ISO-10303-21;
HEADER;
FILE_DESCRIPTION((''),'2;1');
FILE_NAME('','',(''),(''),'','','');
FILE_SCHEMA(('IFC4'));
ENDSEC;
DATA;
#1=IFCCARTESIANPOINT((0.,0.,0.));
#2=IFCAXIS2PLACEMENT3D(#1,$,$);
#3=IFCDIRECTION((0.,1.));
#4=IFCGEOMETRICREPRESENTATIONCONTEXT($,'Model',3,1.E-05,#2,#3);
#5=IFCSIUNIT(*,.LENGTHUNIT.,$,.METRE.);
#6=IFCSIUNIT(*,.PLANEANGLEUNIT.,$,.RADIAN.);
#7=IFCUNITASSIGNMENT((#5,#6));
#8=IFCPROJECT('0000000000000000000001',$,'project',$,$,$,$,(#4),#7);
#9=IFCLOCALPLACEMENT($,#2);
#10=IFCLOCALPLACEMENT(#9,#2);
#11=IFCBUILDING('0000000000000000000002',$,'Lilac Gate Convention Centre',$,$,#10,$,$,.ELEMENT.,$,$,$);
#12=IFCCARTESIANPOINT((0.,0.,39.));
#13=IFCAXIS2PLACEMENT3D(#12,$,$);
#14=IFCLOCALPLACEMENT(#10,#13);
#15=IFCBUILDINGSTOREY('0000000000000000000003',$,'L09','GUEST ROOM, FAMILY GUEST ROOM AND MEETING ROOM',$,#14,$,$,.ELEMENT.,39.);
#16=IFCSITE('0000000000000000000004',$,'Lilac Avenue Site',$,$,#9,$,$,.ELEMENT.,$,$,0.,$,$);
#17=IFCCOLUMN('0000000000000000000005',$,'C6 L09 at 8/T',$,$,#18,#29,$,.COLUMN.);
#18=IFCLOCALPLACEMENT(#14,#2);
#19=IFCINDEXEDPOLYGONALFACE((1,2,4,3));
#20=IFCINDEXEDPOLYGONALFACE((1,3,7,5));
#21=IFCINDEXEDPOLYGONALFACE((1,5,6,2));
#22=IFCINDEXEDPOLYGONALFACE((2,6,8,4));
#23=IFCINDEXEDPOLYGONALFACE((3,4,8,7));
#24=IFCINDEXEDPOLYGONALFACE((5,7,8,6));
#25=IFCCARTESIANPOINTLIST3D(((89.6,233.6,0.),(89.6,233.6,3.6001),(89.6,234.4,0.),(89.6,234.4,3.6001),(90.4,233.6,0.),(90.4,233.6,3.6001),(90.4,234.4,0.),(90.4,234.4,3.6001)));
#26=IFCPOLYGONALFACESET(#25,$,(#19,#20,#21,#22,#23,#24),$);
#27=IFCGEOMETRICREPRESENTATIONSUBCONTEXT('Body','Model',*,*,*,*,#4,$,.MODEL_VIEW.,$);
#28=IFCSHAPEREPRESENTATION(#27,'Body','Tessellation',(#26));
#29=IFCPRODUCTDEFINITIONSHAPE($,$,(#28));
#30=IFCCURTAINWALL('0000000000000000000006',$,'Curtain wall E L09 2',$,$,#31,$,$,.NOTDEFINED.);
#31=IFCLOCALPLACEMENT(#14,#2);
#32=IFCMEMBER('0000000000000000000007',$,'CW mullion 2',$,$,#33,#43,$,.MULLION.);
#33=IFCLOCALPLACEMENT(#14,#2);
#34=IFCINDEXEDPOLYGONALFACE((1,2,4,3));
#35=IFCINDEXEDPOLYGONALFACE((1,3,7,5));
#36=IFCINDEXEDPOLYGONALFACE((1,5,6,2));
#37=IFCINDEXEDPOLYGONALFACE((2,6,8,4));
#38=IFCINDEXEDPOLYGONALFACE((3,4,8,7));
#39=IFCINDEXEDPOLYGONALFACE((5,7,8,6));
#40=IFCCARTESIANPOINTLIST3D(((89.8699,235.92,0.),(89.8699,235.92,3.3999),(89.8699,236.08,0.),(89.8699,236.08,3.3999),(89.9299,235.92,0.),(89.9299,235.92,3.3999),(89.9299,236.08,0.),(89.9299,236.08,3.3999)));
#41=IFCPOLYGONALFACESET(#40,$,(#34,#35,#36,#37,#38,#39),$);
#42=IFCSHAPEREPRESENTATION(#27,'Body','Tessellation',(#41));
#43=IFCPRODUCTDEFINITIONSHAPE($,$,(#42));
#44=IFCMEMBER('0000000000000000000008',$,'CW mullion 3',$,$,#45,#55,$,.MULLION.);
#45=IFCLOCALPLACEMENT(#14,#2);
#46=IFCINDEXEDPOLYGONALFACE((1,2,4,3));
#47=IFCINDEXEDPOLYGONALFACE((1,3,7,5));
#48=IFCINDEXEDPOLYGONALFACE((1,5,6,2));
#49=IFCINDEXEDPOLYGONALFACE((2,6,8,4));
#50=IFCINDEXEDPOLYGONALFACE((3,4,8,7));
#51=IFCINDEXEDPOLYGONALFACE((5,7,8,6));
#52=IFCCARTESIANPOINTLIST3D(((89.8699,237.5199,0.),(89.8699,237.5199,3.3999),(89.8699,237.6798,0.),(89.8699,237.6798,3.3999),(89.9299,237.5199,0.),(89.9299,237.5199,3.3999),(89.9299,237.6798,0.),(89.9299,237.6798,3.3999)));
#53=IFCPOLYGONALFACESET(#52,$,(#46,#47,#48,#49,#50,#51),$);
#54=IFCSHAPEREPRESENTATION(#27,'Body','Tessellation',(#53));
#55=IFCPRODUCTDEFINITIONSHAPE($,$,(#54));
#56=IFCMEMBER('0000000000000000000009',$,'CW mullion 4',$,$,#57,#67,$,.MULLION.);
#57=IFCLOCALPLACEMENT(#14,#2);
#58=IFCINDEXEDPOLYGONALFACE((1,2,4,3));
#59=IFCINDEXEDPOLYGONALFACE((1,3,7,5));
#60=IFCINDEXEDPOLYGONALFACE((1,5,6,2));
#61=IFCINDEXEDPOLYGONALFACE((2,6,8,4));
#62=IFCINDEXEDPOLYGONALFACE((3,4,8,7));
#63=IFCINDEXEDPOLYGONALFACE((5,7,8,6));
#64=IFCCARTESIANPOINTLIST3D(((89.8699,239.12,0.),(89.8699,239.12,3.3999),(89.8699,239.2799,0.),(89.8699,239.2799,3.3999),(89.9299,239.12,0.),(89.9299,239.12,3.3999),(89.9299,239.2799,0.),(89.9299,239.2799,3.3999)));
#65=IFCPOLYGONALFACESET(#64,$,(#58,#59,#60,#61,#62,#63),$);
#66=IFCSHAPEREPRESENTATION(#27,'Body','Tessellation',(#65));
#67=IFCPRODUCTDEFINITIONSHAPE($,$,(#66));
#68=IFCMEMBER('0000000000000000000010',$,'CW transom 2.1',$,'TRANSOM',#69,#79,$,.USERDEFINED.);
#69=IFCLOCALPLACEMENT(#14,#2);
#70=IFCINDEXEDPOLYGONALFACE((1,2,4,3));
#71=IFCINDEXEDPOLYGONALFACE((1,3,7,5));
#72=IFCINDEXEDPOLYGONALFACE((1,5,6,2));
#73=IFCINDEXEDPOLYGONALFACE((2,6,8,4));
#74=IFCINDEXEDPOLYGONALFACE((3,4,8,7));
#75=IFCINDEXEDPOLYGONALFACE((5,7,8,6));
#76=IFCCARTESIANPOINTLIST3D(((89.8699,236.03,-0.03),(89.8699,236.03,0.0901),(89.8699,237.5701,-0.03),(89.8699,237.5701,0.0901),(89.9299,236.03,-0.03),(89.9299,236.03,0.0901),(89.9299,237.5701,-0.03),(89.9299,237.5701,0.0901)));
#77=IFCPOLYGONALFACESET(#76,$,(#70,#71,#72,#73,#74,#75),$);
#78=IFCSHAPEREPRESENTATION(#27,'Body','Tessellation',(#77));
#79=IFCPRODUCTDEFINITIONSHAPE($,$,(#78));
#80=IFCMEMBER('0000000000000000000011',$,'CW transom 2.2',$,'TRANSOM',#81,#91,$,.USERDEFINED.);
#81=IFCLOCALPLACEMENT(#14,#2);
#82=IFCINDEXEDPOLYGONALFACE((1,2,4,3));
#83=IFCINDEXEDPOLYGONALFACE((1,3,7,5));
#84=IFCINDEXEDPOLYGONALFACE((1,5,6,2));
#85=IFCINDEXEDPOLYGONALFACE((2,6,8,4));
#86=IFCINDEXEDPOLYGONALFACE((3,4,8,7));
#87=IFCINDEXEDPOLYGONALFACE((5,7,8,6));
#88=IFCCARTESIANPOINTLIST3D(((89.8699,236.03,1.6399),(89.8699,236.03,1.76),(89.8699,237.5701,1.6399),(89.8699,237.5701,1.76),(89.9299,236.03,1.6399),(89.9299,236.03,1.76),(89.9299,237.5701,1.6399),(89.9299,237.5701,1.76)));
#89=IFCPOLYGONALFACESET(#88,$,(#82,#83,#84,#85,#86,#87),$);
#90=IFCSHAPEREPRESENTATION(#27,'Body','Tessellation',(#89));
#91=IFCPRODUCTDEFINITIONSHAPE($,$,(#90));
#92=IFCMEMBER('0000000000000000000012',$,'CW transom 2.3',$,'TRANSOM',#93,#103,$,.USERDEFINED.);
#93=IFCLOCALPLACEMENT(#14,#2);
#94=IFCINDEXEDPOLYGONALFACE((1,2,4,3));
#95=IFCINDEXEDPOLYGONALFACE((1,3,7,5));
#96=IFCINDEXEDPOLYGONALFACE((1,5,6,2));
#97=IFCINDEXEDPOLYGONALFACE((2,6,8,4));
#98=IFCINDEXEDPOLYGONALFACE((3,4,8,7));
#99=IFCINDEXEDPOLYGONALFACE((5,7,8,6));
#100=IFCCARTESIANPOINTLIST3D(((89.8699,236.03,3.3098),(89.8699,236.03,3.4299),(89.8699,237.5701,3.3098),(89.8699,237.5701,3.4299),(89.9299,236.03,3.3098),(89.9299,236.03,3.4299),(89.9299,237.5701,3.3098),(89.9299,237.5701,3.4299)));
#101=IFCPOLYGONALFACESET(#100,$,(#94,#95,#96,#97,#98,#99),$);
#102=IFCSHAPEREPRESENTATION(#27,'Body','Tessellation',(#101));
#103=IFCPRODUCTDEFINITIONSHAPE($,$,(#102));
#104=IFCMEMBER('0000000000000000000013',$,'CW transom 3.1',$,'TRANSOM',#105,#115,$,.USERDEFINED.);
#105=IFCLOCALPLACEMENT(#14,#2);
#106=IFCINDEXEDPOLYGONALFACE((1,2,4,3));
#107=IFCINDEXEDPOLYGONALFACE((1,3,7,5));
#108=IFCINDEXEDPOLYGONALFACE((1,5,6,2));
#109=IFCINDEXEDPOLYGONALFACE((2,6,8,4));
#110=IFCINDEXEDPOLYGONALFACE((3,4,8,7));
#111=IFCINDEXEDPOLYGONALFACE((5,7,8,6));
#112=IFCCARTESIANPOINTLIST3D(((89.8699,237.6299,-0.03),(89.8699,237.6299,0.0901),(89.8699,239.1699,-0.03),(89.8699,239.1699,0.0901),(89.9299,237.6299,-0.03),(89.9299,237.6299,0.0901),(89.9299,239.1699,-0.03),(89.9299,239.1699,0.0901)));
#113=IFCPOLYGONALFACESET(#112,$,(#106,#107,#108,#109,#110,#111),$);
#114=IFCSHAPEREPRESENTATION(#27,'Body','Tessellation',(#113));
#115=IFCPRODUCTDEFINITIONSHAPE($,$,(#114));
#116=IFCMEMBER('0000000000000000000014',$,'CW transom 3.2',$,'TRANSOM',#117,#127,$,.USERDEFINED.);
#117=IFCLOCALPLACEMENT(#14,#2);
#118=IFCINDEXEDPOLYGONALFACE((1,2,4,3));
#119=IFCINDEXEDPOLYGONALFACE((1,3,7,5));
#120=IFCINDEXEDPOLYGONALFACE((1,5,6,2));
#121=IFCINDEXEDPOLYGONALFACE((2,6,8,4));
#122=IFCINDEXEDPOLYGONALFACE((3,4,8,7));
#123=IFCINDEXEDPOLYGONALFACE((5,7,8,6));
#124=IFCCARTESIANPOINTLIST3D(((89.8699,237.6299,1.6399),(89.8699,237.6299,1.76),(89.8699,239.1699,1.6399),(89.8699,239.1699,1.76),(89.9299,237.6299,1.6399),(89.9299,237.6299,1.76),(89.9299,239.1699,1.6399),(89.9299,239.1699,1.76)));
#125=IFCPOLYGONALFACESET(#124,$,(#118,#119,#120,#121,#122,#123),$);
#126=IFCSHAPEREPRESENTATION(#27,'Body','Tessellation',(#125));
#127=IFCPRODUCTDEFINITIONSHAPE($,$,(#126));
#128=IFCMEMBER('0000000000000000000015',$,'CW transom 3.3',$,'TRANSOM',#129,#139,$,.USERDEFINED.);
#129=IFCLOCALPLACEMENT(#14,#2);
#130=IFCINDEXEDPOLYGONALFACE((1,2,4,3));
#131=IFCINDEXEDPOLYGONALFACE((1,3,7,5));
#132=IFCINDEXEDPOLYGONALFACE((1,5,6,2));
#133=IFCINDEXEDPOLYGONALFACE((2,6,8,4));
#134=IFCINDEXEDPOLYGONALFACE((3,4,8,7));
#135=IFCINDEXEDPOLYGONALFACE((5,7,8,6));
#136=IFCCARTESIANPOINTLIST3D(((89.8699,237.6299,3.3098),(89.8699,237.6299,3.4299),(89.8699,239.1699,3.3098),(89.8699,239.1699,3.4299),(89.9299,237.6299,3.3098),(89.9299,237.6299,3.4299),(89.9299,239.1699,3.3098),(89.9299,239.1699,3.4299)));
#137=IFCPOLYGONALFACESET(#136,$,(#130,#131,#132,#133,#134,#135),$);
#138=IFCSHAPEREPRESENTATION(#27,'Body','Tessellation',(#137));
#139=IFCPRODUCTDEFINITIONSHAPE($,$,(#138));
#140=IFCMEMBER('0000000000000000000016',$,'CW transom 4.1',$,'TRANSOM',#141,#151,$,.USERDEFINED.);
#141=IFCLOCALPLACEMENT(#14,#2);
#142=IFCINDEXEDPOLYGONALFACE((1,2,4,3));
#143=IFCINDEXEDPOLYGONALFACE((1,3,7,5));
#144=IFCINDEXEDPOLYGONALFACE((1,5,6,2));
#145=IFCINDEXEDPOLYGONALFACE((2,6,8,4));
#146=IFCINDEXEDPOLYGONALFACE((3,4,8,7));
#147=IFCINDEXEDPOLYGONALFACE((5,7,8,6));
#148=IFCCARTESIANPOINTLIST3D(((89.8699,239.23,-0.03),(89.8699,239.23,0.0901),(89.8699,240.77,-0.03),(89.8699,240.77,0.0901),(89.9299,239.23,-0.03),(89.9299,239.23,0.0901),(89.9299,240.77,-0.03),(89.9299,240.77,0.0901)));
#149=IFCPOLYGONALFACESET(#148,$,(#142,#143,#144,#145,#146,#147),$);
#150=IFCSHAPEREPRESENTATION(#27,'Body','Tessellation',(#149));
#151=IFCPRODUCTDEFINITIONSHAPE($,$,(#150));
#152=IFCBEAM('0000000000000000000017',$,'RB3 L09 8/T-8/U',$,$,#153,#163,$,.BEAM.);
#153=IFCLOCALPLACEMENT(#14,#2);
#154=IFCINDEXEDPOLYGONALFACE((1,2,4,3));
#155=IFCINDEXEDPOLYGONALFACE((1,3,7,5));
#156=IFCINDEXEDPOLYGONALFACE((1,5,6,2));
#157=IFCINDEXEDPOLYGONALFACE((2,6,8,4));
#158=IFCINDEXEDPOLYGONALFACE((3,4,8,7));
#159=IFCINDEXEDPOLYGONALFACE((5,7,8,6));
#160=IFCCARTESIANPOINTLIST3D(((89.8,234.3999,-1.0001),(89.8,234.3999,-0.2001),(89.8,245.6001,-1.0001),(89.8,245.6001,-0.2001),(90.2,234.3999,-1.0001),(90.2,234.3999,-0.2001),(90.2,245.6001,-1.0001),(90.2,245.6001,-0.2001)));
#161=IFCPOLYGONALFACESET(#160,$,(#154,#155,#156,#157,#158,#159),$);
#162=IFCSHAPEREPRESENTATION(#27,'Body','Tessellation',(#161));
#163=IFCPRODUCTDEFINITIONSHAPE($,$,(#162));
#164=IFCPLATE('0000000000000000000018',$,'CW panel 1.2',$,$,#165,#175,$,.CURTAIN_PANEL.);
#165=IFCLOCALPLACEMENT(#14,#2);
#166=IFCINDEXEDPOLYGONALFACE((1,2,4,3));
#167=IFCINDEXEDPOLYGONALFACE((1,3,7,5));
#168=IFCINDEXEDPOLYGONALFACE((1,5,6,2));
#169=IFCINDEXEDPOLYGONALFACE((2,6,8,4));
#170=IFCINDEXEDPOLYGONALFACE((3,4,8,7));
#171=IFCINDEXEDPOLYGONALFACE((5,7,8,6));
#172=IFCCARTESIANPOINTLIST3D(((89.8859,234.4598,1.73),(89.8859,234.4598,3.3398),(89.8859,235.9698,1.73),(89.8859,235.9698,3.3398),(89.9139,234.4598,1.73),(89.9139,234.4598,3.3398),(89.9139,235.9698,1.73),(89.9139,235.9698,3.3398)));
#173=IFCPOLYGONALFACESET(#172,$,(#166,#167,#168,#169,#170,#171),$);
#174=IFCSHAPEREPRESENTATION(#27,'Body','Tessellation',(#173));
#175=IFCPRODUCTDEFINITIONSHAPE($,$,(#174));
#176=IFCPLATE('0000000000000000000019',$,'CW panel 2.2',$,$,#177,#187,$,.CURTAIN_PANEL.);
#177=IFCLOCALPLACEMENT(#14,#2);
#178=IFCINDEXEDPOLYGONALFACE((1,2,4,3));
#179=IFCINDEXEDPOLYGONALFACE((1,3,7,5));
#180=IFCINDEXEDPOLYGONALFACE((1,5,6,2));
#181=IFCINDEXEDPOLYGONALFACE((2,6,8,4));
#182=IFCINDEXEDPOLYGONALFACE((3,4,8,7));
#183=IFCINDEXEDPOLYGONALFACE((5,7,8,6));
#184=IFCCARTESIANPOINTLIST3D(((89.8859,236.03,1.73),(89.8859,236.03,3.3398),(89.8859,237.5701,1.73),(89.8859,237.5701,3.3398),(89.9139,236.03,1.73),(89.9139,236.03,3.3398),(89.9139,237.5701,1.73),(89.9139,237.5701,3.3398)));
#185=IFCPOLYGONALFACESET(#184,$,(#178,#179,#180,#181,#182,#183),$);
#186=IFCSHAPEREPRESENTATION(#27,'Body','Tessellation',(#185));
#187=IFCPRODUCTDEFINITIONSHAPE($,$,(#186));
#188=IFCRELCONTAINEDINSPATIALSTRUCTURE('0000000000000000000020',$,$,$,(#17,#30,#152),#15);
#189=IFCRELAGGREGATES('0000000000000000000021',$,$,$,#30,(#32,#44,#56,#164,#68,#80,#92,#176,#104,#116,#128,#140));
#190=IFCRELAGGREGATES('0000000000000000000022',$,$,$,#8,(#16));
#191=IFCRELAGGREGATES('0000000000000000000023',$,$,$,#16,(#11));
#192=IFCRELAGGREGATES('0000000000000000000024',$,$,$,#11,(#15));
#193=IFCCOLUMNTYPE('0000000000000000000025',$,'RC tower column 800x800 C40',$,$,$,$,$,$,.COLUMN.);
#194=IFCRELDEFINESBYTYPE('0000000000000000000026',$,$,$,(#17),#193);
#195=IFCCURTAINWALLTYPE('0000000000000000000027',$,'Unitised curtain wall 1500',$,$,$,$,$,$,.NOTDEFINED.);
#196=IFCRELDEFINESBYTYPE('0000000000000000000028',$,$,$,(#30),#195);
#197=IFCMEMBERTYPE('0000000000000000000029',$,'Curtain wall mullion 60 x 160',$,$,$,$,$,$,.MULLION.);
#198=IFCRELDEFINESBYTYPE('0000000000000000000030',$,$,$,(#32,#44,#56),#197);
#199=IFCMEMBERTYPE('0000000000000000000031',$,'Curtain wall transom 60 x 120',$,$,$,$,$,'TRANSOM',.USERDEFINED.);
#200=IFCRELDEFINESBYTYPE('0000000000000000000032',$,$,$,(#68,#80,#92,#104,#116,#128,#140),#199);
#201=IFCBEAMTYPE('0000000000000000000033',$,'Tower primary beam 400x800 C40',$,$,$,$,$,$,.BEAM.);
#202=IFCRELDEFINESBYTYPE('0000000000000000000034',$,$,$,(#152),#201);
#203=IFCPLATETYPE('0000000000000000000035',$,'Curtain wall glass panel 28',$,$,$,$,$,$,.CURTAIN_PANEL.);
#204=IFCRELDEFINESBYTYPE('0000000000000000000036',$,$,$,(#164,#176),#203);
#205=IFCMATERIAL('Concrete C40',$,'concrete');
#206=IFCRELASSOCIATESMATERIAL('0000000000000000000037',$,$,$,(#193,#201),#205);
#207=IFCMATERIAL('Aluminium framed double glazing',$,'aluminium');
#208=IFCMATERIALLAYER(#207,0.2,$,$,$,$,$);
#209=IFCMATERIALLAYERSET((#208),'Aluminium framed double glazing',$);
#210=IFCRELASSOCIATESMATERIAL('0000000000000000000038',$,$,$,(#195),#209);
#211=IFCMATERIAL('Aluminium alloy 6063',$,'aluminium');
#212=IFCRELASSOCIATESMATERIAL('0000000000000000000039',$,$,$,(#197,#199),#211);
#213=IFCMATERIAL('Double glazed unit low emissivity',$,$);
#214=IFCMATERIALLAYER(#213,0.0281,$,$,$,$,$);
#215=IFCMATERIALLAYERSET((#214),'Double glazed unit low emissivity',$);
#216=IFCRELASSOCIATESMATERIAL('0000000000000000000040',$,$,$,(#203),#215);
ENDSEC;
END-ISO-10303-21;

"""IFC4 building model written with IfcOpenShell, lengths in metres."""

from ifc_helpers import new_model, si_unit, direction, frame, origin, origin_2d, place, context, subcontext, project, spatial, rectangle, extrude, material, layer, layer_set, material_profile, profile_set, type_object, element, aggregate, save


model = new_model("IFC4")

# Units and contexts
model_context = context("Model", 3, precision=1e-05, world=origin(), true_north=direction((0.0, 1.0)))
body_context = subcontext(model_context, "Body", "Model", "MODEL_VIEW")
ifc_project = project(units=[si_unit("LENGTHUNIT", "METRE"), si_unit("PLANEANGLEUNIT", "RADIAN")], contexts=[model_context])

# Site, building, storey
site_placement = place(None, origin())
site = spatial("IfcSite", under=ifc_project, at=site_placement, Name="Lilac Avenue Site", CompositionType="ELEMENT", RefElevation=0.0)
building_placement = place(site_placement, origin())
building = spatial("IfcBuilding", under=site, at=building_placement, Name="Lilac Gate Convention Centre", CompositionType="ELEMENT")
storey_placement = place(building_placement, frame((0.0, 0.0, 39.0)))
storey = spatial("IfcBuildingStorey", under=building, at=storey_placement, Name="L09", Description="GUEST ROOM, FAMILY GUEST ROOM AND MEETING ROOM", CompositionType="ELEMENT", Elevation=39.0)

# Column
ifc_material_1 = material(Name="Concrete C40", Category="concrete")
ifc_material_profile_1 = material_profile(ifc_material_1, rectangle(XDim=0.8, YDim=0.8, at=origin_2d()), Name="RC 800x800")
ifc_profile_set_1 = profile_set([ifc_material_profile_1], Name="Concrete C40")
column_type = type_object("IfcColumnType", Name="RC tower column 800x800 C40", PredefinedType="COLUMN", material=ifc_profile_set_1)
column_placement = place(storey_placement, frame((90.0, 234.0, 0.0), z_axis=(0.0, 0.0, 1.0), x_axis=(1.0, 0.0, 0.0)))
element("IfcColumn", 1, at=column_placement, inside=storey, type_object=column_type, Name="C6 L09 at 8/T", PredefinedType="COLUMN", context=body_context, shape_type="SweptSolid", body=[
    extrude(rectangle(XDim=0.8, YDim=0.8, at=origin_2d()), origin(), (0.0, 0.0, 1.0), 3.6001),
])

# Curtain wall, members
ifc_material_2 = material(Name="Aluminium framed double glazing", Category="aluminium")
ifc_layer_1 = layer(ifc_material_2, 0.2)
ifc_layer_set_1 = layer_set([ifc_layer_1], Name="Aluminium framed double glazing")
curtain_wall_type = type_object("IfcCurtainWallType", Name="Unitised curtain wall 1500", PredefinedType="NOTDEFINED", material=ifc_layer_set_1)
curtain_wall_placement = place(storey_placement, origin())
curtain_wall = element("IfcCurtainWall", 2, at=curtain_wall_placement, inside=storey, type_object=curtain_wall_type, Name="Curtain wall E L09 2", PredefinedType="NOTDEFINED")
ifc_material_3 = material(Name="Aluminium alloy 6063", Category="aluminium")
ifc_material_profile_2 = material_profile(ifc_material_3, rectangle(XDim=0.0601, YDim=0.1599, at=origin_2d()), Name="Curtain wall mullion 60 x 160")
ifc_profile_set_2 = profile_set([ifc_material_profile_2], Name="Aluminium alloy 6063")
member_type_1 = type_object("IfcMemberType", Name="Curtain wall mullion 60 x 160", PredefinedType="MULLION", material=ifc_profile_set_2)
member_1_placement = place(storey_placement, frame((89.8999, 236.0, 0.0), z_axis=(0.0, 0.0, 1.0), x_axis=(-1.0, 0.0, 0.0)))
member_1 = element("IfcMember", 3, at=member_1_placement, type_object=member_type_1, Name="CW mullion 2", PredefinedType="MULLION", context=body_context, shape_type="SweptSolid", body=[
    extrude(rectangle(XDim=0.0601, YDim=0.1599, at=origin_2d()), origin(), (0.0, 0.0, 1.0), 3.3999),
])
member_2_placement = place(storey_placement, frame((89.8999, 237.5999, 0.0), z_axis=(0.0, 0.0, 1.0), x_axis=(-1.0, 0.0, 0.0)))
member_2 = element("IfcMember", 4, at=member_2_placement, type_object=member_type_1, Name="CW mullion 3", PredefinedType="MULLION", context=body_context, shape_type="SweptSolid", body=[
    extrude(rectangle(XDim=0.0601, YDim=0.1599, at=origin_2d()), origin(), (0.0, 0.0, 1.0), 3.3999),
])
member_3_placement = place(storey_placement, frame((89.8999, 239.2, 0.0), z_axis=(0.0, 0.0, 1.0), x_axis=(-1.0, 0.0, 0.0)))
member_3 = element("IfcMember", 5, at=member_3_placement, type_object=member_type_1, Name="CW mullion 4", PredefinedType="MULLION", context=body_context, shape_type="SweptSolid", body=[
    extrude(rectangle(XDim=0.0601, YDim=0.1599, at=origin_2d()), origin(), (0.0, 0.0, 1.0), 3.3999),
])
ifc_material_profile_3 = material_profile(ifc_material_3, rectangle(XDim=0.0601, YDim=0.1201, at=origin_2d()), Name="Curtain wall transom 60 x 120")
ifc_profile_set_3 = profile_set([ifc_material_profile_3], Name="Aluminium alloy 6063")
member_type_2 = type_object("IfcMemberType", Name="Curtain wall transom 60 x 120", ElementType="TRANSOM", PredefinedType="USERDEFINED", material=ifc_profile_set_3)
member_4_placement = place(storey_placement, frame((89.8999, 236.03, 0.03), z_axis=(0.0, 1.0, 0.0), x_axis=(-1.0, 0.0, 0.0)))
member_4 = element("IfcMember", 6, at=member_4_placement, type_object=member_type_2, Name="CW transom 2.1", ObjectType="TRANSOM", PredefinedType="USERDEFINED", context=body_context, shape_type="SweptSolid", body=[
    extrude(rectangle(XDim=0.0601, YDim=0.1201, at=origin_2d()), origin(), (0.0, 0.0, 1.0), 1.54),
])
member_5_placement = place(storey_placement, frame((89.8999, 236.03, 1.7), z_axis=(0.0, 1.0, 0.0), x_axis=(-1.0, 0.0, 0.0)))
member_5 = element("IfcMember", 7, at=member_5_placement, type_object=member_type_2, Name="CW transom 2.2", ObjectType="TRANSOM", PredefinedType="USERDEFINED", context=body_context, shape_type="SweptSolid", body=[
    extrude(rectangle(XDim=0.0601, YDim=0.1201, at=origin_2d()), origin(), (0.0, 0.0, 1.0), 1.54),
])
member_6_placement = place(storey_placement, frame((89.8999, 236.03, 3.3699), z_axis=(0.0, 1.0, 0.0), x_axis=(-1.0, 0.0, 0.0)))
member_6 = element("IfcMember", 8, at=member_6_placement, type_object=member_type_2, Name="CW transom 2.3", ObjectType="TRANSOM", PredefinedType="USERDEFINED", context=body_context, shape_type="SweptSolid", body=[
    extrude(rectangle(XDim=0.0601, YDim=0.1201, at=origin_2d()), origin(), (0.0, 0.0, 1.0), 1.54),
])
member_7_placement = place(storey_placement, frame((89.8999, 237.6299, 0.03), z_axis=(0.0, 1.0, 0.0), x_axis=(-1.0, 0.0, 0.0)))
member_7 = element("IfcMember", 9, at=member_7_placement, type_object=member_type_2, Name="CW transom 3.1", ObjectType="TRANSOM", PredefinedType="USERDEFINED", context=body_context, shape_type="SweptSolid", body=[
    extrude(rectangle(XDim=0.0601, YDim=0.1201, at=origin_2d()), origin(), (0.0, 0.0, 1.0), 1.54),
])
member_8_placement = place(storey_placement, frame((89.8999, 237.6299, 1.7), z_axis=(0.0, 1.0, 0.0), x_axis=(-1.0, 0.0, 0.0)))
member_8 = element("IfcMember", 10, at=member_8_placement, type_object=member_type_2, Name="CW transom 3.2", ObjectType="TRANSOM", PredefinedType="USERDEFINED", context=body_context, shape_type="SweptSolid", body=[
    extrude(rectangle(XDim=0.0601, YDim=0.1201, at=origin_2d()), origin(), (0.0, 0.0, 1.0), 1.54),
])
member_9_placement = place(storey_placement, frame((89.8999, 237.6299, 3.3699), z_axis=(0.0, 1.0, 0.0), x_axis=(-1.0, 0.0, 0.0)))
member_9 = element("IfcMember", 11, at=member_9_placement, type_object=member_type_2, Name="CW transom 3.3", ObjectType="TRANSOM", PredefinedType="USERDEFINED", context=body_context, shape_type="SweptSolid", body=[
    extrude(rectangle(XDim=0.0601, YDim=0.1201, at=origin_2d()), origin(), (0.0, 0.0, 1.0), 1.54),
])
member_10_placement = place(storey_placement, frame((89.8999, 239.23, 0.03), z_axis=(0.0, 1.0, 0.0), x_axis=(-1.0, 0.0, 0.0)))
member_10 = element("IfcMember", 12, at=member_10_placement, type_object=member_type_2, Name="CW transom 4.1", ObjectType="TRANSOM", PredefinedType="USERDEFINED", context=body_context, shape_type="SweptSolid", body=[
    extrude(rectangle(XDim=0.0601, YDim=0.1201, at=origin_2d()), origin(), (0.0, 0.0, 1.0), 1.54),
])

# Beam
ifc_material_profile_4 = material_profile(ifc_material_1, rectangle(XDim=0.3999, YDim=0.8, at=origin_2d()), Name="RC 400x800")
ifc_profile_set_4 = profile_set([ifc_material_profile_4], Name="Concrete C40")
beam_type = type_object("IfcBeamType", Name="Tower primary beam 400x800 C40", PredefinedType="BEAM", material=ifc_profile_set_4)
beam_placement = place(storey_placement, frame((90.0, 234.3999, -0.6001), z_axis=(0.0, 1.0, 0.0), x_axis=(-1.0, 0.0, 0.0)))
element("IfcBeam", 13, at=beam_placement, inside=storey, type_object=beam_type, Name="RB3 L09 8/T-8/U", PredefinedType="BEAM", context=body_context, shape_type="SweptSolid", body=[
    extrude(rectangle(XDim=0.3999, YDim=0.8, at=origin_2d()), origin(), (0.0, 0.0, 1.0), 11.2002),
])

# Plates
ifc_material_4 = material(Name="Double glazed unit low emissivity")
ifc_layer_2 = layer(ifc_material_4, 0.0281)
ifc_layer_set_2 = layer_set([ifc_layer_2], Name="Double glazed unit low emissivity")
plate_type_1 = type_object("IfcPlateType", Name="Curtain wall glass panel 28", PredefinedType="CURTAIN_PANEL", material=ifc_layer_set_2)
plate_1_placement = place(storey_placement, frame((89.8999, 235.2148, 1.73), z_axis=(0.0, 0.0, 1.0), x_axis=(0.0, 1.0, 0.0)))
plate_1 = element("IfcPlate", 14, at=plate_1_placement, type_object=plate_type_1, Name="CW panel 1.2", PredefinedType="CURTAIN_PANEL", context=body_context, shape_type="SweptSolid", body=[
    extrude(rectangle(XDim=1.51, YDim=0.0281, at=origin_2d()), origin(), (0.0, 0.0, 1.0), 1.6099),
])
plate_2_placement = place(storey_placement, frame((89.8999, 236.8, 1.73), z_axis=(0.0, 0.0, 1.0), x_axis=(0.0, 1.0, 0.0)))
plate_2 = element("IfcPlate", 15, at=plate_2_placement, type_object=plate_type_1, Name="CW panel 2.2", PredefinedType="CURTAIN_PANEL", context=body_context, shape_type="SweptSolid", body=[
    extrude(rectangle(XDim=1.54, YDim=0.0281, at=origin_2d()), origin(), (0.0, 0.0, 1.0), 1.6099),
])
aggregate(curtain_wall, [member_1, member_2, member_3, plate_1, member_4, member_5, member_6, plate_2, member_7, member_8, member_9, member_10])

save(model, "model.ifc")
